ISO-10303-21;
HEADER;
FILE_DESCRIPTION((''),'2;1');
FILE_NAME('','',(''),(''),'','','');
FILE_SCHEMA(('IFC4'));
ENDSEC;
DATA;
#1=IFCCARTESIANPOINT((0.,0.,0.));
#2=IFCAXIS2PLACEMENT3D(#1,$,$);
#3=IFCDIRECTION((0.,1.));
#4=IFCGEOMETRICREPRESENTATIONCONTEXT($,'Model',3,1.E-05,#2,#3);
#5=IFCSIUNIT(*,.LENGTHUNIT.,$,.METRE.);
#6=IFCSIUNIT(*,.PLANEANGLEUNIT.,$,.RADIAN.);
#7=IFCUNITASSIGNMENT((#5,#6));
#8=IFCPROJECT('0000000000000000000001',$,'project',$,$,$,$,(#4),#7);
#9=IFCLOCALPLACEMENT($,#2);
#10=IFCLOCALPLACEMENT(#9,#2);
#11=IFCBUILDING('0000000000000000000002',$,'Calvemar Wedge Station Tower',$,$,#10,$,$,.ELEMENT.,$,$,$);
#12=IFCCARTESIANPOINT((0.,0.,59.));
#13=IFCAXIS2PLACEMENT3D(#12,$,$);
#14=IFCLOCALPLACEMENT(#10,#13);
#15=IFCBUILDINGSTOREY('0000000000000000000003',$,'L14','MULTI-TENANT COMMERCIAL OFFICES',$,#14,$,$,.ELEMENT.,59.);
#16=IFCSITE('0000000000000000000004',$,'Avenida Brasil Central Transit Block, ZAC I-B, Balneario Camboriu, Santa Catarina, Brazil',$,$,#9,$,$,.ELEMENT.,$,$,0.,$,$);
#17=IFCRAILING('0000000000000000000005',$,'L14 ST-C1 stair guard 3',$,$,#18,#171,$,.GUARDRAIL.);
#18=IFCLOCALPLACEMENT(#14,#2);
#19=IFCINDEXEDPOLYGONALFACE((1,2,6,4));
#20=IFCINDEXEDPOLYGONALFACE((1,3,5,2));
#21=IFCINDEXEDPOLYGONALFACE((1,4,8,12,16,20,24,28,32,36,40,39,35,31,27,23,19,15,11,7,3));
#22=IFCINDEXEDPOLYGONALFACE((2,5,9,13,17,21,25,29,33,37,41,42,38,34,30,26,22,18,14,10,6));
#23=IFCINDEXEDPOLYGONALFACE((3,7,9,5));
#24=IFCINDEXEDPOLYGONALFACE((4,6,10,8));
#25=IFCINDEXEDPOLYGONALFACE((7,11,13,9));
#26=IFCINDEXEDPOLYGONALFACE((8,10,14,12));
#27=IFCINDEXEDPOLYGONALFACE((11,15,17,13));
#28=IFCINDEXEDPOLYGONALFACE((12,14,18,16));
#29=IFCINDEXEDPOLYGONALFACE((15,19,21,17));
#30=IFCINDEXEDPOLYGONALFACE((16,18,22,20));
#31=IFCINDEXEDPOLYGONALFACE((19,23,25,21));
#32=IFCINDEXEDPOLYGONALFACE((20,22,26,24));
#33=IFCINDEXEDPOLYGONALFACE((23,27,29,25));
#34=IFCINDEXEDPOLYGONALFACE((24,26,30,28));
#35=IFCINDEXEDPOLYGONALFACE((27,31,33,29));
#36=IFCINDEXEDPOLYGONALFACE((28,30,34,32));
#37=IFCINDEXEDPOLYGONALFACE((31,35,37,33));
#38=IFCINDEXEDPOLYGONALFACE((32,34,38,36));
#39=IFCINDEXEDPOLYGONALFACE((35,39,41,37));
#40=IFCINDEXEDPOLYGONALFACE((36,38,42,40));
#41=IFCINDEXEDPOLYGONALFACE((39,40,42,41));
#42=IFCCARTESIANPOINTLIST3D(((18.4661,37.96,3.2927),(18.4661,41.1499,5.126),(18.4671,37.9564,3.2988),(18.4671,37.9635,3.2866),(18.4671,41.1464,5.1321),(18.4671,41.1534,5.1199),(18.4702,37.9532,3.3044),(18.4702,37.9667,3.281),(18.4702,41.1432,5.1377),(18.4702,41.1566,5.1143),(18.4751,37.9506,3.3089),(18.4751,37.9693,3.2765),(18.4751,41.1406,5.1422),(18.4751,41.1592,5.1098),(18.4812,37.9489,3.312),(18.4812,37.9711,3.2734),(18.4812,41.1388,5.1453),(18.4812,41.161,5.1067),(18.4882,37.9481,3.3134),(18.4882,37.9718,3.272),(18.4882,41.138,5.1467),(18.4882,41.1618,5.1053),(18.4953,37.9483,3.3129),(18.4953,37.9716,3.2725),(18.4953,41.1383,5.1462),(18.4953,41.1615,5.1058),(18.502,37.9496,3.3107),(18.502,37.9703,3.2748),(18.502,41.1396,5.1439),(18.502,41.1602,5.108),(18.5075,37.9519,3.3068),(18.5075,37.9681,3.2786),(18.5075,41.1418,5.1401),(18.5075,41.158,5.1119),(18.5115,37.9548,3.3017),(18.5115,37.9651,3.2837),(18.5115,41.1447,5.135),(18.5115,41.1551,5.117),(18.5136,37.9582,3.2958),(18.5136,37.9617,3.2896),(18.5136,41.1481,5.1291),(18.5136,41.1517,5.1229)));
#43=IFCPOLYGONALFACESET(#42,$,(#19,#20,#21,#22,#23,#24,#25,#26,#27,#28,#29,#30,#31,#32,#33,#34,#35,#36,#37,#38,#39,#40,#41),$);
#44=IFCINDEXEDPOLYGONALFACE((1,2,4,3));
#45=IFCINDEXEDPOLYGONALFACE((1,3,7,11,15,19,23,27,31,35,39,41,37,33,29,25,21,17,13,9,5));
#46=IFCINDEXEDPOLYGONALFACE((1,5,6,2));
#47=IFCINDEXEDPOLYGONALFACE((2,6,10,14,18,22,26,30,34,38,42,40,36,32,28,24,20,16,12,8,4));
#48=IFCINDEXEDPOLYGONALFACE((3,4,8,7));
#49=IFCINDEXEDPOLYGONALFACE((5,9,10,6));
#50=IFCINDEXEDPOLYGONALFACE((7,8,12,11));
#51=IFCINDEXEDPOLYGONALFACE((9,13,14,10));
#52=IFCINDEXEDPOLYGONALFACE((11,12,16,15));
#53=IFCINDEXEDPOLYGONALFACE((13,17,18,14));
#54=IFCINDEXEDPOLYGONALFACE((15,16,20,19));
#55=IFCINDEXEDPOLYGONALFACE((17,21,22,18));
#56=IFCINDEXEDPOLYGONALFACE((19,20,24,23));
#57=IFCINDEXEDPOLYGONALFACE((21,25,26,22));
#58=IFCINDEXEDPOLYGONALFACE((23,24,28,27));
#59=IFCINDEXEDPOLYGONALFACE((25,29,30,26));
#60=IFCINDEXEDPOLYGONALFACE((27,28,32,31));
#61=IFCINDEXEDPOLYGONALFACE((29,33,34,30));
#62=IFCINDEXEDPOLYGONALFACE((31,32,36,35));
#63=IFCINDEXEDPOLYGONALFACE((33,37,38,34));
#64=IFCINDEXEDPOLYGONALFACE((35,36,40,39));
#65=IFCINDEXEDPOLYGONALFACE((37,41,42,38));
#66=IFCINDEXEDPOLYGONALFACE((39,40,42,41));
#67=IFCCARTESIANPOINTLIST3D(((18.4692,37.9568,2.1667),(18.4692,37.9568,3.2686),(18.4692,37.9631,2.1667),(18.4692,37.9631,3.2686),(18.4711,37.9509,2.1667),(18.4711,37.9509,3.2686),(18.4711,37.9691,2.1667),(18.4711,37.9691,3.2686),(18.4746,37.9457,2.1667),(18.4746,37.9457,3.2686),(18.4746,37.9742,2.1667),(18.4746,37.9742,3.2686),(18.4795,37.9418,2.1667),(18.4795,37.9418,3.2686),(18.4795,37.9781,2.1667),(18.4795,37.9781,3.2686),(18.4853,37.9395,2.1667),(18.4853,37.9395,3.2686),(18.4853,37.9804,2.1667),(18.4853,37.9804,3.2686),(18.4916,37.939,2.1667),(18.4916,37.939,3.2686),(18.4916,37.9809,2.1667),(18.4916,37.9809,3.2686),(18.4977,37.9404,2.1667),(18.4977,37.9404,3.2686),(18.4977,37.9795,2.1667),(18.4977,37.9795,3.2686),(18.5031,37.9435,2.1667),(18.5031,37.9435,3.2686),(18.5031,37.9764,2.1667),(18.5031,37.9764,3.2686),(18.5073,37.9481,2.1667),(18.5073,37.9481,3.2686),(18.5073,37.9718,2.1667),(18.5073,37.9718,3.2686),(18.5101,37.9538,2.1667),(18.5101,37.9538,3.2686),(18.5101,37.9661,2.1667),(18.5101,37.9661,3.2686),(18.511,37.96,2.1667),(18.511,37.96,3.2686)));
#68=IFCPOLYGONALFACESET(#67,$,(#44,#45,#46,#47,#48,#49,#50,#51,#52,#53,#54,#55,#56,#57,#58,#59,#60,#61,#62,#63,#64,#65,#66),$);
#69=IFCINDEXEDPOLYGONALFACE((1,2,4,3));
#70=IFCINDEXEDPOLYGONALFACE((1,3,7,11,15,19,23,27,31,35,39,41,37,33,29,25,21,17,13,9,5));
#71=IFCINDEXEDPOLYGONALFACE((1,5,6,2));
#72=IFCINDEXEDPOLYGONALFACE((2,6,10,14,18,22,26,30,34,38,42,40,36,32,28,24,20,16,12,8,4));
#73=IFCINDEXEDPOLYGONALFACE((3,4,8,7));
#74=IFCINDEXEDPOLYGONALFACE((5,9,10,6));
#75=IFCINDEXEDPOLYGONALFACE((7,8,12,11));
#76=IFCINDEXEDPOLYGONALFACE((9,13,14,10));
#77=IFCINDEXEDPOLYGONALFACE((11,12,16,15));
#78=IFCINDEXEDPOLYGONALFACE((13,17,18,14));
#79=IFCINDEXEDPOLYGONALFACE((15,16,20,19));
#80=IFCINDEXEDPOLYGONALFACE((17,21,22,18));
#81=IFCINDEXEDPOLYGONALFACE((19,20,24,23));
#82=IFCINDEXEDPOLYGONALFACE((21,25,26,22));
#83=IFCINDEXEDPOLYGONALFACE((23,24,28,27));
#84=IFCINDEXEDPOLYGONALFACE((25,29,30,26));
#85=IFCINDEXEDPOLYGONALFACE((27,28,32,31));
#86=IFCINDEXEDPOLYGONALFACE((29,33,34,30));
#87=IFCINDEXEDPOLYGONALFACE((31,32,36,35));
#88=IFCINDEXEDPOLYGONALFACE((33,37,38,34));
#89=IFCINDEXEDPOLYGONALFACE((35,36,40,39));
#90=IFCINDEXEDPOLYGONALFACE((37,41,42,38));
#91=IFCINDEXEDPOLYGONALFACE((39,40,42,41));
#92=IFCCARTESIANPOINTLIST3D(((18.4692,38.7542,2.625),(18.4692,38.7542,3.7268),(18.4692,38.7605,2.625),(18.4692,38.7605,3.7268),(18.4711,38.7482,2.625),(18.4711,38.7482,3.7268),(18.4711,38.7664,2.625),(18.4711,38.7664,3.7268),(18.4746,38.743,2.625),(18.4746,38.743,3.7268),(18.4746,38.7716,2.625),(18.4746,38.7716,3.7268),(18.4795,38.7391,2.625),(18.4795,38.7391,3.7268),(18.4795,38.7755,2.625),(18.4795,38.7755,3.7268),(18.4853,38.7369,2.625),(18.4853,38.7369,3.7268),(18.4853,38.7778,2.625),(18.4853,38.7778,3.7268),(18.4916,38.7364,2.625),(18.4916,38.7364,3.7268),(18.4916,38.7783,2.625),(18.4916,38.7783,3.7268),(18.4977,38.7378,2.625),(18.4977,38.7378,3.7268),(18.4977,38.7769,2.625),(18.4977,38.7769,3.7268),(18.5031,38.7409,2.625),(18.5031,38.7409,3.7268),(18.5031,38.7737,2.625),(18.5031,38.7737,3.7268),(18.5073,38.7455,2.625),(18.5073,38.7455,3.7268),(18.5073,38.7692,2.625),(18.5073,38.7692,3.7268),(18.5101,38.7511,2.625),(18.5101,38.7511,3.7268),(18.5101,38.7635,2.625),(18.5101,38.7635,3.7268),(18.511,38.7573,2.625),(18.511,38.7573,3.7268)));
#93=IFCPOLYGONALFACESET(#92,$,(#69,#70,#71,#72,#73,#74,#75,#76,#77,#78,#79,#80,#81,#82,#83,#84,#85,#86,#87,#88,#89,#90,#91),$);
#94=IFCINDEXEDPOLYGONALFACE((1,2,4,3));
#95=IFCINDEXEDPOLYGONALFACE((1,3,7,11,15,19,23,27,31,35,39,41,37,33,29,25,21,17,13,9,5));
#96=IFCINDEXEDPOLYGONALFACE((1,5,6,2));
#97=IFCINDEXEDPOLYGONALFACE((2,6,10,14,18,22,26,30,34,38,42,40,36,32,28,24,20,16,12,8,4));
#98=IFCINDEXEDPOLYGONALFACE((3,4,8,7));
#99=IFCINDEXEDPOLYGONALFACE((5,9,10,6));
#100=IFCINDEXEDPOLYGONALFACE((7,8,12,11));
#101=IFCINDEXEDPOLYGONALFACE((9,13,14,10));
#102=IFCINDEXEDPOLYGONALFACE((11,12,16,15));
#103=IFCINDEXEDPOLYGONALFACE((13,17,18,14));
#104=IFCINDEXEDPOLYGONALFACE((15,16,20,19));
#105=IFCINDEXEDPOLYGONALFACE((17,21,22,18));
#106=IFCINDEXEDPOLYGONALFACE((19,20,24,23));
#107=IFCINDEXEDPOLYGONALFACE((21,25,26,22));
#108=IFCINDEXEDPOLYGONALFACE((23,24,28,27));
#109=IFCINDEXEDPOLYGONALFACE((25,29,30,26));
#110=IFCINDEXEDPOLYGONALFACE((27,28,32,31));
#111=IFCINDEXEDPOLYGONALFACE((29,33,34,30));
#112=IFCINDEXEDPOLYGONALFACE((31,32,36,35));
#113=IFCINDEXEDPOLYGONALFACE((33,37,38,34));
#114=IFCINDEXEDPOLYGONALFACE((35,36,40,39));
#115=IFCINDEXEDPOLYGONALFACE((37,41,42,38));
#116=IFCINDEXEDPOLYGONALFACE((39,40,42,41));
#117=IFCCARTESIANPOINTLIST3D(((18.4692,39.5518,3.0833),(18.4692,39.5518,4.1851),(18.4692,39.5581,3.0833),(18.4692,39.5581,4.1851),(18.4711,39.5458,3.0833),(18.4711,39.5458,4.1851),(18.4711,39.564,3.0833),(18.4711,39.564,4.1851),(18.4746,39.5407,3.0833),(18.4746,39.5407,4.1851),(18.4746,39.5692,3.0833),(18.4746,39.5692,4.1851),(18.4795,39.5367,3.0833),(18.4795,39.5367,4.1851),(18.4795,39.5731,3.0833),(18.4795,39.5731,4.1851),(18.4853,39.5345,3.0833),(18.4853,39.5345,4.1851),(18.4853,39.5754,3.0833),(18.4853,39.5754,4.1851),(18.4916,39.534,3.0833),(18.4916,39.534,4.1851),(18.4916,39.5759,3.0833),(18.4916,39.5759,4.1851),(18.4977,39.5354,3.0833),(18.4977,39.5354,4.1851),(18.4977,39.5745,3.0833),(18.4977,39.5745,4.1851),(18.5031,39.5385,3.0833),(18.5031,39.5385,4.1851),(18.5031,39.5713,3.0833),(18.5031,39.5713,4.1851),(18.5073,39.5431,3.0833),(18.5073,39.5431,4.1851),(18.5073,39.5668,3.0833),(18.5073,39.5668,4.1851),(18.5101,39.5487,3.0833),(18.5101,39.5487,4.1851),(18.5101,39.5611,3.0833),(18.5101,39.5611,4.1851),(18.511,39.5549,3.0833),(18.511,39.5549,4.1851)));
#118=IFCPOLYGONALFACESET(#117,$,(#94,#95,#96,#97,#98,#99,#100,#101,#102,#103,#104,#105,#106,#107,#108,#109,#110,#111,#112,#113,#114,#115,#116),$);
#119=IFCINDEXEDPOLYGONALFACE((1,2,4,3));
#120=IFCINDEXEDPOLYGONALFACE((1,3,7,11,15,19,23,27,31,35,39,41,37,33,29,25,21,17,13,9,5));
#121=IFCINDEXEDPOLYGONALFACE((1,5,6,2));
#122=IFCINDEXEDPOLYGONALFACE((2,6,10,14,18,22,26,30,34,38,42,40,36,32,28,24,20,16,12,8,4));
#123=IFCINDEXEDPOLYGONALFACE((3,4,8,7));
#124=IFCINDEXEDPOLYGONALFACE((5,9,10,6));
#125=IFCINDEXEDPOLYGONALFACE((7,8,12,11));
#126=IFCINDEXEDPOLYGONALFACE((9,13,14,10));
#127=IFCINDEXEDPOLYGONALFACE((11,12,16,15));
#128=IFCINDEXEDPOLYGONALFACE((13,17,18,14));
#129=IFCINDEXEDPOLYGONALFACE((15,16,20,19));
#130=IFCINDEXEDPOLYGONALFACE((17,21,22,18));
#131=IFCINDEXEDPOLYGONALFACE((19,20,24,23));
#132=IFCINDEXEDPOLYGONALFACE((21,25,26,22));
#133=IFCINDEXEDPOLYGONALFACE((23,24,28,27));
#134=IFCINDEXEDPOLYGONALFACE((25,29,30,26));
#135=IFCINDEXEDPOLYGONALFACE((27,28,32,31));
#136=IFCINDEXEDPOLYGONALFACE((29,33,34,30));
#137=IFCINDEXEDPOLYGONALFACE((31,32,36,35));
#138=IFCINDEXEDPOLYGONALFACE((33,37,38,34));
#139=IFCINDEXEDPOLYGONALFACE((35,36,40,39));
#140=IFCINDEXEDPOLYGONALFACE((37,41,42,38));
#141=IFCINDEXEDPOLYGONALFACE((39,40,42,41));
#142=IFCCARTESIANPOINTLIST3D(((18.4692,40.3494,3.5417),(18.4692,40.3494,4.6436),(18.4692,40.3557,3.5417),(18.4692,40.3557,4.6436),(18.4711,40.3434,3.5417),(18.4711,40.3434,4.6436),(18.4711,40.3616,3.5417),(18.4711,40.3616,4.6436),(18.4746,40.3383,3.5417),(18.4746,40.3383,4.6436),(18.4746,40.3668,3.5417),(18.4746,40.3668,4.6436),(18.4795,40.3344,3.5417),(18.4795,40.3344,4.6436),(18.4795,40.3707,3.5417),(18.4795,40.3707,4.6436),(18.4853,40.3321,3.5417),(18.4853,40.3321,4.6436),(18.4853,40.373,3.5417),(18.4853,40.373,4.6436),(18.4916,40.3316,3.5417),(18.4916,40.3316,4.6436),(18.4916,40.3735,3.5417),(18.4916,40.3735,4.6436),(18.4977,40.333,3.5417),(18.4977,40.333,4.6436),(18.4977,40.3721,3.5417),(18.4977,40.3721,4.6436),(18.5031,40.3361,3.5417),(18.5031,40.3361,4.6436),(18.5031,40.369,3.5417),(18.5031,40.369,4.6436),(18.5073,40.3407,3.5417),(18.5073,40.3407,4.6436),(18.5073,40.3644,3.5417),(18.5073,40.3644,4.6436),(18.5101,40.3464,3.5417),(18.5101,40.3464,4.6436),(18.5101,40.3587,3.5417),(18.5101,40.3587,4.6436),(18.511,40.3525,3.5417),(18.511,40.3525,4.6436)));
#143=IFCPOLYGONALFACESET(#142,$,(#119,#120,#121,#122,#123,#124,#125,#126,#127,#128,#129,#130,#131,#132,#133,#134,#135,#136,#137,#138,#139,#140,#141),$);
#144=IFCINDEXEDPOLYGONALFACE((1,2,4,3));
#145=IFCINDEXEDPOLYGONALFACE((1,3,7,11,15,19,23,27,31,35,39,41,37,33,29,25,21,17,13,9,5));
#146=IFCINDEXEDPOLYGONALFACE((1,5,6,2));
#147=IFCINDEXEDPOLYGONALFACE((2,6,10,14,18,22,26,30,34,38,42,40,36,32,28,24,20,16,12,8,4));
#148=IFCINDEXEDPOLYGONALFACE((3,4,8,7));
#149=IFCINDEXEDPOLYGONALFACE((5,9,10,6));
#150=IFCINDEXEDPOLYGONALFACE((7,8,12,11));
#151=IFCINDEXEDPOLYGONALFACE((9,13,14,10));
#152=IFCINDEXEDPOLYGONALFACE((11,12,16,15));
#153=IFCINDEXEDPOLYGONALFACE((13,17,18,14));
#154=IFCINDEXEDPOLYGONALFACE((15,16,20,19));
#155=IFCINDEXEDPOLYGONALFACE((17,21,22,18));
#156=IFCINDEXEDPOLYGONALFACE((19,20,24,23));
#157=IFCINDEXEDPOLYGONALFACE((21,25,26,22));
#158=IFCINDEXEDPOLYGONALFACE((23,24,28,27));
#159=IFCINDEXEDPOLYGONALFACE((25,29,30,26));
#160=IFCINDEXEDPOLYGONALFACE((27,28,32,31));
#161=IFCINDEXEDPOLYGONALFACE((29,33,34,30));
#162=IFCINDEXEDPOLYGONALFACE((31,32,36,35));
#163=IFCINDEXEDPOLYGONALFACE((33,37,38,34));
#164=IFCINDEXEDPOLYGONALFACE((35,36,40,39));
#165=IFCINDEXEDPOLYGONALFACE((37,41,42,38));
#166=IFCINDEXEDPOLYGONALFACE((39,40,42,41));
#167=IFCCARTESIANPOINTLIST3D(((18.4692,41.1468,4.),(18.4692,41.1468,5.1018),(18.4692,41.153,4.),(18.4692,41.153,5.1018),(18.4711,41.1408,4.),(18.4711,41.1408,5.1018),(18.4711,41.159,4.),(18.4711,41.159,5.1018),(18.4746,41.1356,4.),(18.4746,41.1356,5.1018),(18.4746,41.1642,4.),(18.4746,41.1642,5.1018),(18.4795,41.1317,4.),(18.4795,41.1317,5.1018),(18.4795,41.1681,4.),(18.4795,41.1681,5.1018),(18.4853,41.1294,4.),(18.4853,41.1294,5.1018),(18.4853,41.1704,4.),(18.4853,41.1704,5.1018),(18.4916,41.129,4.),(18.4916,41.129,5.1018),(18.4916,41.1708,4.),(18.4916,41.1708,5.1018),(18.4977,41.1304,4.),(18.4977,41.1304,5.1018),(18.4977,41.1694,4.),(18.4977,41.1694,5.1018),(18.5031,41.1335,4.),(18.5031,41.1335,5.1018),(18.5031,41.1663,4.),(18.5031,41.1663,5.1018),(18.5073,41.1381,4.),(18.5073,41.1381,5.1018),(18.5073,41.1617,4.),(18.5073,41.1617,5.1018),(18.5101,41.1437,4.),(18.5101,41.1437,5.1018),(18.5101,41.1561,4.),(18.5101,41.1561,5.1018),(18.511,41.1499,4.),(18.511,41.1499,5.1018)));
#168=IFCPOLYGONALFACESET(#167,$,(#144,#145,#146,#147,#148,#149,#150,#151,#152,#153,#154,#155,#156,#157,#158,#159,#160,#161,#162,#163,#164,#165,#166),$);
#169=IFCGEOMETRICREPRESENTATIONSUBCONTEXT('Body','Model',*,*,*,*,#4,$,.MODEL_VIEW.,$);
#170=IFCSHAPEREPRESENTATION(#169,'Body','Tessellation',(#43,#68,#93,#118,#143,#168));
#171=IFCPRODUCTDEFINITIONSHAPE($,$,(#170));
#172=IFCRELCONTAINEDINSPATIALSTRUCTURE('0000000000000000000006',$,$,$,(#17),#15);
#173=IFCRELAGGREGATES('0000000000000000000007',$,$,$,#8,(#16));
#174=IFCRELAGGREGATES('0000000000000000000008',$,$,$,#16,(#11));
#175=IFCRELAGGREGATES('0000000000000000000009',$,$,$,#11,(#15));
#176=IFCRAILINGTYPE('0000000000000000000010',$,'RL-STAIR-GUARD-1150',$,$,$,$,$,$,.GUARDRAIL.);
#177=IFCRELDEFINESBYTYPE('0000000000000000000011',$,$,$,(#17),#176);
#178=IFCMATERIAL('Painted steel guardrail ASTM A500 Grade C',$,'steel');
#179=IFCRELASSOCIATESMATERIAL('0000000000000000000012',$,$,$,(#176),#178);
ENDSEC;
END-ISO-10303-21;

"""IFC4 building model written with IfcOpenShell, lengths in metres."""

from ifc_helpers import new_model, si_unit, direction, frame, origin, origin_2d, place, context, subcontext, project, spatial, circle, extrude, material, type_object, element, save


model = new_model("IFC4")

# Units and contexts
model_context = context("Model", 3, precision=1e-05, world=origin(), true_north=direction((0.0, 1.0)))
body_context = subcontext(model_context, "Body", "Model", "MODEL_VIEW")
ifc_project = project(units=[si_unit("LENGTHUNIT", "METRE"), si_unit("PLANEANGLEUNIT", "RADIAN")], contexts=[model_context])

# Site, building, storey
site_placement = place(None, origin())
site = spatial("IfcSite", under=ifc_project, at=site_placement, Name="Avenida Brasil Central Transit Block, ZAC I-B, Balneario Camboriu, Santa Catarina, Brazil", CompositionType="ELEMENT", RefElevation=0.0)
building_placement = place(site_placement, origin())
building = spatial("IfcBuilding", under=site, at=building_placement, Name="Calvemar Wedge Station Tower", CompositionType="ELEMENT")
storey_placement = place(building_placement, frame((0.0, 0.0, 59.0)))
storey = spatial("IfcBuildingStorey", under=building, at=storey_placement, Name="L14", Description="MULTI-TENANT COMMERCIAL OFFICES", CompositionType="ELEMENT", Elevation=59.0)

# Railing
ifc_material_1 = material(Name="Painted steel guardrail ASTM A500 Grade C", Category="steel")
railing_type_1 = type_object("IfcRailingType", Name="RL-STAIR-GUARD-1150", PredefinedType="GUARDRAIL", material=ifc_material_1)
railing_1_placement = place(storey_placement, frame((18.49, 37.96, 2.1667)))
element("IfcRailing", 1, at=railing_1_placement, inside=storey, type_object=railing_type_1, Name="L14 ST-C1 stair guard 3", PredefinedType="GUARDRAIL", context=body_context, shape_type="SweptSolid", body=[
    extrude(circle(Radius=0.0239, at=origin_2d()), frame((0.0, 0.0, 1.126), z_axis=(0.0, 0.86702, 0.498274), x_axis=(-1.0, 0.0, 0.0)), (0.0, 0.0, 1.0), 3.6792),
    extrude(circle(Radius=0.021, at=origin_2d()), origin(), (0.0, 0.0, 1.0), 1.1018),
    extrude(circle(Radius=0.021, at=origin_2d()), frame((0.0, 0.7974, 0.4583)), (0.0, 0.0, 1.0), 1.1018),
    extrude(circle(Radius=0.021, at=origin_2d()), frame((0.0, 1.595, 0.9165)), (0.0, 0.0, 1.0), 1.1018),
    extrude(circle(Radius=0.021, at=origin_2d()), frame((0.0, 2.3926, 1.375)), (0.0, 0.0, 1.0), 1.1018),
    extrude(circle(Radius=0.021, at=origin_2d()), frame((0.0, 3.1899, 1.8333)), (0.0, 0.0, 1.0), 1.1018),
])

save(model, "model.ifc")
